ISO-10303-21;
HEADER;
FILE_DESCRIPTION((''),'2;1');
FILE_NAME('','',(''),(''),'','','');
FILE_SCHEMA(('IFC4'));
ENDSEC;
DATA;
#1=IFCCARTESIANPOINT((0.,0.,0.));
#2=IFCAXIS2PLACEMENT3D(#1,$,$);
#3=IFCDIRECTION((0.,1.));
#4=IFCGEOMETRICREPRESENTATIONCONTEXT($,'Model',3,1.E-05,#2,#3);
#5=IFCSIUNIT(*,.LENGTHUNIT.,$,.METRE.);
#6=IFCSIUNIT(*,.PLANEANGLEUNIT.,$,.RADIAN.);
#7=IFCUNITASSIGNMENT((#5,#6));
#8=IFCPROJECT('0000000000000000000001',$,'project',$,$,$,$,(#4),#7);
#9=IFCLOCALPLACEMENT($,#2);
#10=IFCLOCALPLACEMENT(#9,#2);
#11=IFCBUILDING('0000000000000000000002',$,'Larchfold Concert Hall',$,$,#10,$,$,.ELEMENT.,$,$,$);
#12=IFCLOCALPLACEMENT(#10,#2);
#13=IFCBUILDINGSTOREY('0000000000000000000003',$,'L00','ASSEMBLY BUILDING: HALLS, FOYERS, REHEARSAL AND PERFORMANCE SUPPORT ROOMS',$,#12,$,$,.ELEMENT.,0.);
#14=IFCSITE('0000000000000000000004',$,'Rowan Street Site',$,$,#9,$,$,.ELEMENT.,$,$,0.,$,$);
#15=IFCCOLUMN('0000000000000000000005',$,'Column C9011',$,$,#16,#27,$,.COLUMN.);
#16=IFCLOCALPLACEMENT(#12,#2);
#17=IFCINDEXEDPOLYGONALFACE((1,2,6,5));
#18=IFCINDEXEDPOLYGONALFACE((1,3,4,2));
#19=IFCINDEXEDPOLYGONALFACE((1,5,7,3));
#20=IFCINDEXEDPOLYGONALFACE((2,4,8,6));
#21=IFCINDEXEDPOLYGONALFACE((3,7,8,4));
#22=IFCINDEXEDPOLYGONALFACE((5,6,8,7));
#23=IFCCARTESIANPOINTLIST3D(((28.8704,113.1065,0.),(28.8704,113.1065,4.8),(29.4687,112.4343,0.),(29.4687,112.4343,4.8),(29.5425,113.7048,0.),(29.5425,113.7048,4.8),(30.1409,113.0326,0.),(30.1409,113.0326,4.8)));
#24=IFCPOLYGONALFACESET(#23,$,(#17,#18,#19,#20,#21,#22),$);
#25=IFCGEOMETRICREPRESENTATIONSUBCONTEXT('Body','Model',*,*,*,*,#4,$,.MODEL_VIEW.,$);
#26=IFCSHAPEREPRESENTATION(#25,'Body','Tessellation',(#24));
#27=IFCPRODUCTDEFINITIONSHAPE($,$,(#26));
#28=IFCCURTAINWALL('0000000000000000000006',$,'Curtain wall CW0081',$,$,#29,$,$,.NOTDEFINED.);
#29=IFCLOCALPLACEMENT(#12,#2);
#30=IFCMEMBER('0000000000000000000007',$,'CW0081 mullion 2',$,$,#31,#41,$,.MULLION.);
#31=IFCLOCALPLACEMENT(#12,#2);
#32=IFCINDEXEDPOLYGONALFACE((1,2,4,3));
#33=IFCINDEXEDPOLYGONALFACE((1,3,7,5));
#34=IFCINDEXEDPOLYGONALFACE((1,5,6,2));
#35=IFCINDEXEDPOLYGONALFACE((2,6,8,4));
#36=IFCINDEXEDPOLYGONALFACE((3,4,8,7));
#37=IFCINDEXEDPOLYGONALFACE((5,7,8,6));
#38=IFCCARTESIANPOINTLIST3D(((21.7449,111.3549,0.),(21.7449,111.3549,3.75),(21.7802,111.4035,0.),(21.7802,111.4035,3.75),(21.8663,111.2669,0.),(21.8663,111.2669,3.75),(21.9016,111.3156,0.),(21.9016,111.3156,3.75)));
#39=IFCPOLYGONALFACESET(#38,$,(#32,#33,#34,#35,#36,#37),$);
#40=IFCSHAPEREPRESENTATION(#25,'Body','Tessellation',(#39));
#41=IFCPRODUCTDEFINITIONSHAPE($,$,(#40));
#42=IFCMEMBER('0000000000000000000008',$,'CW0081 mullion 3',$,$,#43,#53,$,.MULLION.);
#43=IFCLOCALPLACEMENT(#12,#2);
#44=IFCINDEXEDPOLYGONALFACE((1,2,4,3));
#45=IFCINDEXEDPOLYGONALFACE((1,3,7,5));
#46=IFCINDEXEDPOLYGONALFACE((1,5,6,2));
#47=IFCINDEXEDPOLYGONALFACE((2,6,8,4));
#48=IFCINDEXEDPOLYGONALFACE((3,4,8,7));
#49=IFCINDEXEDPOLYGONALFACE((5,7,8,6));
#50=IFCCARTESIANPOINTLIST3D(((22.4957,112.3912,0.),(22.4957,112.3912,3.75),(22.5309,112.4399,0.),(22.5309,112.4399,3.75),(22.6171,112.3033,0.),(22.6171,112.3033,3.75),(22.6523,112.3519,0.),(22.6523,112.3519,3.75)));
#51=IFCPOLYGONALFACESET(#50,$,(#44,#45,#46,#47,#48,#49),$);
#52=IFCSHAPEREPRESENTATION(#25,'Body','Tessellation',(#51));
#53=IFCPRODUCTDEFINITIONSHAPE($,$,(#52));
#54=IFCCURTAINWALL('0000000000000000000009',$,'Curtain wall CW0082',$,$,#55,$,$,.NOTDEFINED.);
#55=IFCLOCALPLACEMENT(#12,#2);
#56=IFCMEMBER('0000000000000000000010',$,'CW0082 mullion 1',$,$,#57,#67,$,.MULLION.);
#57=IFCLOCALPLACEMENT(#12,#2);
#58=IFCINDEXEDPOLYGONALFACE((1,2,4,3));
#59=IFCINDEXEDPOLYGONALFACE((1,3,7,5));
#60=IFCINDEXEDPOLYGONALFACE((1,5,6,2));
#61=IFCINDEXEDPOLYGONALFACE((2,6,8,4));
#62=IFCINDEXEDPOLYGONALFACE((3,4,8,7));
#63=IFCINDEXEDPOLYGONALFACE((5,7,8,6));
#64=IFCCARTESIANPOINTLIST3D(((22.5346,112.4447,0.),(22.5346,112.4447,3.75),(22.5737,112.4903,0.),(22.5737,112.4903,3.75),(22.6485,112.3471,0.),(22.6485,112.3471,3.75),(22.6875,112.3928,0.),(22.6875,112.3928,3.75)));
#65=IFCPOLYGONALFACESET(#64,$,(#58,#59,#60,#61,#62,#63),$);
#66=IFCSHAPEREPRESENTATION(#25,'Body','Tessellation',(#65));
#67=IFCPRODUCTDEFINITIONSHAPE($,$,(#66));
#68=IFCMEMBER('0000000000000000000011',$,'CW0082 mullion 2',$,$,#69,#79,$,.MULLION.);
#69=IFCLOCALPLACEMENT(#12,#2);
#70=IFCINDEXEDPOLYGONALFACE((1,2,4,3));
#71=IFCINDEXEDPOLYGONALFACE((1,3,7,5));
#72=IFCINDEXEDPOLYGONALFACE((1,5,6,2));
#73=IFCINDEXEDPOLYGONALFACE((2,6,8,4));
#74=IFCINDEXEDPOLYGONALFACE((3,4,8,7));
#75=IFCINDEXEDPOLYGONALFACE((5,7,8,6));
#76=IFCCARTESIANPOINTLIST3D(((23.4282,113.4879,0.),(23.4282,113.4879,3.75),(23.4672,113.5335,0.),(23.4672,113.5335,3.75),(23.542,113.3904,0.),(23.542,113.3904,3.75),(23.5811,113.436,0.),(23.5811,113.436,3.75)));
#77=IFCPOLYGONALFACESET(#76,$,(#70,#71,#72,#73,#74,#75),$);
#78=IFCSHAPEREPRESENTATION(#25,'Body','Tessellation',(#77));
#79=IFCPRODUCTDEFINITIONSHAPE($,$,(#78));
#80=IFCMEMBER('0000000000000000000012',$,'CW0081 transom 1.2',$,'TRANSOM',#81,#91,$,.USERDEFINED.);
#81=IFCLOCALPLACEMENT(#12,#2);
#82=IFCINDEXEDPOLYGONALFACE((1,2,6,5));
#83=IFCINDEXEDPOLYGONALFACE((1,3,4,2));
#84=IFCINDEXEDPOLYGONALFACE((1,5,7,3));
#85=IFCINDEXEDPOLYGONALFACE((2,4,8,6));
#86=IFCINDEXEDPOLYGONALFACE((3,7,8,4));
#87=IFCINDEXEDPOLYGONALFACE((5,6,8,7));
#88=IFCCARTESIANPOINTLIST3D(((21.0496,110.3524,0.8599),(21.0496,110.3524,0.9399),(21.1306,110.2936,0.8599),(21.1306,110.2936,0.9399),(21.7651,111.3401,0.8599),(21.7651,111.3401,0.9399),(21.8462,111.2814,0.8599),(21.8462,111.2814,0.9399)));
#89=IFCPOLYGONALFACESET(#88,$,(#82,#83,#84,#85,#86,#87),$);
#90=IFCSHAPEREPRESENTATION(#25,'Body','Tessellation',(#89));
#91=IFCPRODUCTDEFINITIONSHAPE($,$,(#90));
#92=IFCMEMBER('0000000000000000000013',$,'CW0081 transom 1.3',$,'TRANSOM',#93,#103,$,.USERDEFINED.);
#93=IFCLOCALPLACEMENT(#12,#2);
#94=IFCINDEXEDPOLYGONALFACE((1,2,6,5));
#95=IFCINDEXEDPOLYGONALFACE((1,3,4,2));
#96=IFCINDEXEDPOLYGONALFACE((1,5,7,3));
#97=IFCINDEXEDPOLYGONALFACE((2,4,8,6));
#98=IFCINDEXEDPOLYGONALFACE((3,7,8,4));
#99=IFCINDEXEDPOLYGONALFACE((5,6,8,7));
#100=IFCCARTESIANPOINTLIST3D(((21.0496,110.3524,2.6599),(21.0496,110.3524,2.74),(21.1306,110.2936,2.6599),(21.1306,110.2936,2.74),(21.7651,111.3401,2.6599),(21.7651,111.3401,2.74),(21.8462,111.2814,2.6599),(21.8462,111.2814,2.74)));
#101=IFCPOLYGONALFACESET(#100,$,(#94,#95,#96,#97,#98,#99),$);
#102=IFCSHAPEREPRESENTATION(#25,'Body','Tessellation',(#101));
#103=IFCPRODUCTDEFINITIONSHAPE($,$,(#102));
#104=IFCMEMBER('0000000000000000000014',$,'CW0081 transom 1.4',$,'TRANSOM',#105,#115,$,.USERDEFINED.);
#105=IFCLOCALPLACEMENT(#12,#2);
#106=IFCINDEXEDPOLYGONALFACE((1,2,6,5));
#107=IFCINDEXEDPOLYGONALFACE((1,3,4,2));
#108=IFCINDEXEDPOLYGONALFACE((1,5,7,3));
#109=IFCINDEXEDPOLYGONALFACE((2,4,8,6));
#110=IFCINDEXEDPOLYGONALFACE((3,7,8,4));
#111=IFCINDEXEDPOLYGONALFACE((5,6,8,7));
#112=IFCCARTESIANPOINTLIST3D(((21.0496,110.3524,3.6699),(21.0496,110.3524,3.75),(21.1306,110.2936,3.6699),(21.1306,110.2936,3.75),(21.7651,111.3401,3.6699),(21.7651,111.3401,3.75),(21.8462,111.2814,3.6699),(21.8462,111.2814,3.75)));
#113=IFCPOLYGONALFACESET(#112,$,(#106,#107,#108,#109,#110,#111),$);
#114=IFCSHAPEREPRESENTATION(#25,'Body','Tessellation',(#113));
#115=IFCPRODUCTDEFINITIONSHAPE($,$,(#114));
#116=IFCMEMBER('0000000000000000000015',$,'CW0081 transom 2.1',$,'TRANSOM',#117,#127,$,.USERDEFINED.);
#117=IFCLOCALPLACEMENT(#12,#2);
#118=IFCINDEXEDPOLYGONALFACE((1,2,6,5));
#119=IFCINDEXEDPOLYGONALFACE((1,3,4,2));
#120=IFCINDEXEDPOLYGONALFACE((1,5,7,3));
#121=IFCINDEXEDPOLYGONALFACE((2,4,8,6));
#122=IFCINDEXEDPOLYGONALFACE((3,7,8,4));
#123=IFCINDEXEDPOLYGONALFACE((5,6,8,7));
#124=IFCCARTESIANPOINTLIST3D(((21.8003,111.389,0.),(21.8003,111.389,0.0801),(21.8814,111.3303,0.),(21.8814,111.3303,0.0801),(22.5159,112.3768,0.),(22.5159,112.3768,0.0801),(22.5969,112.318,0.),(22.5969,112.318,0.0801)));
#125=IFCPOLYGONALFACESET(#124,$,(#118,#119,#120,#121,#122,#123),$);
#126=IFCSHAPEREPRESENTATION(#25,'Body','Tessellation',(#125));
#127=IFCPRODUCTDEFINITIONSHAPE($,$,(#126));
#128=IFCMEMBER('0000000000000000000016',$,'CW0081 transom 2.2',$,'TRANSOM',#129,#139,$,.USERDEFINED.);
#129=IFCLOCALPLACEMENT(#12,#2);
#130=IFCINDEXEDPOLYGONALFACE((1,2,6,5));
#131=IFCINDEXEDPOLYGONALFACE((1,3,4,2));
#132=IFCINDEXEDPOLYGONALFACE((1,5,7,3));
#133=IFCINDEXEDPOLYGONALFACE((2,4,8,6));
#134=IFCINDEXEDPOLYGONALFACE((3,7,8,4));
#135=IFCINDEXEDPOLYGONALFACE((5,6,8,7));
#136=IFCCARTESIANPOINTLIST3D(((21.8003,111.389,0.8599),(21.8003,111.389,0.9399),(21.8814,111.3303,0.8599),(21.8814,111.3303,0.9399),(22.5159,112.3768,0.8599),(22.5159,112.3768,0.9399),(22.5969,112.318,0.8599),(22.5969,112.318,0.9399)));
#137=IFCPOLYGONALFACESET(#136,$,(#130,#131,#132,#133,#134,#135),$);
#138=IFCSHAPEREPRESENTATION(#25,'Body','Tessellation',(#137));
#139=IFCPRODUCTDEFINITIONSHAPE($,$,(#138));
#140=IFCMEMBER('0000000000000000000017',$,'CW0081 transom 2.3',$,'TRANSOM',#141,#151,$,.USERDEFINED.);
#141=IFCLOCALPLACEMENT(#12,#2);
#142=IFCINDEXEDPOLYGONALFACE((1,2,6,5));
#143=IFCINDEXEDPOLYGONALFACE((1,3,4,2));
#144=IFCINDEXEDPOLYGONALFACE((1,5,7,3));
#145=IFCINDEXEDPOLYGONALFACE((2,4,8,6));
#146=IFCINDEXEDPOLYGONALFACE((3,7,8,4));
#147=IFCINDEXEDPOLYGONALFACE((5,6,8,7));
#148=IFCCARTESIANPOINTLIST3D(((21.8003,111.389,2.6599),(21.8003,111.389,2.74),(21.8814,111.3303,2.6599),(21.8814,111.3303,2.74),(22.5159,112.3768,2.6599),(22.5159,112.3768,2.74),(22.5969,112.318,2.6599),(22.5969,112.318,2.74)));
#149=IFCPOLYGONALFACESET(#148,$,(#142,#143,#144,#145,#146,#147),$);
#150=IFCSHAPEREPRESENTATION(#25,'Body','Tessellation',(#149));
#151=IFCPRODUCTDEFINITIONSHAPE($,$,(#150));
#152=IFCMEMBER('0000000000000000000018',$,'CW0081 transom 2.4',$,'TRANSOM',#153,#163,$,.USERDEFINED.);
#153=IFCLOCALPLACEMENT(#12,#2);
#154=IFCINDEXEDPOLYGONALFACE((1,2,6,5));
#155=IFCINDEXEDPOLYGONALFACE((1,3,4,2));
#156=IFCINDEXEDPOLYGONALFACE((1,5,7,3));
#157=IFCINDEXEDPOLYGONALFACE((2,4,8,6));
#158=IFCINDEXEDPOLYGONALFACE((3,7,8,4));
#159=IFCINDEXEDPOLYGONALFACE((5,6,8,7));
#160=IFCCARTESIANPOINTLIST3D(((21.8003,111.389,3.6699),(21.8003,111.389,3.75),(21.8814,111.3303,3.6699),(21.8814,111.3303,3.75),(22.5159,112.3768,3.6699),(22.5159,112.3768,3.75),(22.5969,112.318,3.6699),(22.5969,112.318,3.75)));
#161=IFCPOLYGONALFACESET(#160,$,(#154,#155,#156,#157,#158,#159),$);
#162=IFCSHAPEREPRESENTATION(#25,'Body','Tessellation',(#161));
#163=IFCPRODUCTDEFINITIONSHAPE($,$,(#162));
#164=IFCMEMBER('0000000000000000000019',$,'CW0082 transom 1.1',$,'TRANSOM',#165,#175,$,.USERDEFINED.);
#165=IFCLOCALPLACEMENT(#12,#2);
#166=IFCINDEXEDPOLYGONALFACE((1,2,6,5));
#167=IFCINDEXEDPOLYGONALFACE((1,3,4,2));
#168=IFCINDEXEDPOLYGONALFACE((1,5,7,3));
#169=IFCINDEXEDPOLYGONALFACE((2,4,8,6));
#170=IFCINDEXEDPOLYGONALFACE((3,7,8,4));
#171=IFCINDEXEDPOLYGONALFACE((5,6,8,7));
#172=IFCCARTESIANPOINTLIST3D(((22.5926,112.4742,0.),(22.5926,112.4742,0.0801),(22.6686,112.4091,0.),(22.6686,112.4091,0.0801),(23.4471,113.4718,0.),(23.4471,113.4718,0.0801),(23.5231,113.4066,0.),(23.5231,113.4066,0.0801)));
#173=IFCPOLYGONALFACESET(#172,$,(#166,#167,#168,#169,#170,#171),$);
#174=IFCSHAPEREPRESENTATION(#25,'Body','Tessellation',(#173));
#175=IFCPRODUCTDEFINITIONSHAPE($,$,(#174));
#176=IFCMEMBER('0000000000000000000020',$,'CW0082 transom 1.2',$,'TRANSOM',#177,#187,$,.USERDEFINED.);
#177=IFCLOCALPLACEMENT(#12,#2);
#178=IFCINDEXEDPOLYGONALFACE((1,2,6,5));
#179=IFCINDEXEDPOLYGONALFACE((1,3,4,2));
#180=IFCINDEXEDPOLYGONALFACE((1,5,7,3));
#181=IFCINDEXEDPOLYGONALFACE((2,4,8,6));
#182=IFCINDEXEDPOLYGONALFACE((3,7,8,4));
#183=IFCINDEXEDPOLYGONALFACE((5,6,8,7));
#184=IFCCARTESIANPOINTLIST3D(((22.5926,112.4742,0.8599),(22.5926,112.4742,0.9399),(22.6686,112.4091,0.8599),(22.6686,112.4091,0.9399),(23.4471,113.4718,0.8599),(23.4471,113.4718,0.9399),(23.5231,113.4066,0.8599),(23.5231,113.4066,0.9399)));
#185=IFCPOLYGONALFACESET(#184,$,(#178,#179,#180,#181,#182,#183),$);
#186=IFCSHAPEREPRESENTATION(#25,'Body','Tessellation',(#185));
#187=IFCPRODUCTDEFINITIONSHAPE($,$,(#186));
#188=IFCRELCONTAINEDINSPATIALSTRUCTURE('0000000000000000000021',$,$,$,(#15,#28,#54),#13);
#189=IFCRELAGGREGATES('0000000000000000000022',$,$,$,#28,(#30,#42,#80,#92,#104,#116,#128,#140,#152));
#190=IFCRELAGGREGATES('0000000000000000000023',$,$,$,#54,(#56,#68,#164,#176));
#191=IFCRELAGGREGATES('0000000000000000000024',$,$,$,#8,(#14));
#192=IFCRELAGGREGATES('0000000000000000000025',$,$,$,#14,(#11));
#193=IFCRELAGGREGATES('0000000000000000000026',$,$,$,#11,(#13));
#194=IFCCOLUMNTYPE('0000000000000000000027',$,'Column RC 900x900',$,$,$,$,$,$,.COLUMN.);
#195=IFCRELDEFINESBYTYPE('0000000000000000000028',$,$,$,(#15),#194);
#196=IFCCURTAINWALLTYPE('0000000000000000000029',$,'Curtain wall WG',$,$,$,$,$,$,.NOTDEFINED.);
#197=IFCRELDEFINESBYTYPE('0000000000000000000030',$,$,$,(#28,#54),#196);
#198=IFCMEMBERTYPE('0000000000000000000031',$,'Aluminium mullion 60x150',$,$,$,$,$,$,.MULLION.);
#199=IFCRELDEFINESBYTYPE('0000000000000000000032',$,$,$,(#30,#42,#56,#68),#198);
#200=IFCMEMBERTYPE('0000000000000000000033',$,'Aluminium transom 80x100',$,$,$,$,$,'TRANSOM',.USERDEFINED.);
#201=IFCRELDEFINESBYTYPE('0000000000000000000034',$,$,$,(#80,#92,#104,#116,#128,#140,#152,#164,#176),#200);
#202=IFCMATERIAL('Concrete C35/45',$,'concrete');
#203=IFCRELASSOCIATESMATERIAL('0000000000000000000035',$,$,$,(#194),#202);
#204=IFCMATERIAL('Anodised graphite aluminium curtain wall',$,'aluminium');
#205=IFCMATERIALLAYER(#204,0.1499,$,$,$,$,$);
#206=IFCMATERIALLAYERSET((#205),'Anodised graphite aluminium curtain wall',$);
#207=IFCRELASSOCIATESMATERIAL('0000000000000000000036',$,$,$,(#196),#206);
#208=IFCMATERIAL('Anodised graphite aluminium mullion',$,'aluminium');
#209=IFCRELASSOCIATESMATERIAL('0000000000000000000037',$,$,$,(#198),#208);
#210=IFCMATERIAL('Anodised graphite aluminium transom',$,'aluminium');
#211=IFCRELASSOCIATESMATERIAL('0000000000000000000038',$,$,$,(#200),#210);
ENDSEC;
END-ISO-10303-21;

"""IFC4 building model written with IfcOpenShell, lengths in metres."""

from ifc_helpers import new_model, si_unit, direction, frame, origin, origin_2d, place, context, subcontext, project, spatial, rectangle, extrude, material, layer, layer_set, material_profile, profile_set, type_object, element, aggregate, save


model = new_model("IFC4")

# Units and contexts
model_context = context("Model", 3, precision=1e-05, world=origin(), true_north=direction((0.0, 1.0)))
body_context = subcontext(model_context, "Body", "Model", "MODEL_VIEW")
ifc_project = project(units=[si_unit("LENGTHUNIT", "METRE"), si_unit("PLANEANGLEUNIT", "RADIAN")], contexts=[model_context])

# Site, building, storey
site_placement = place(None, origin())
site = spatial("IfcSite", under=ifc_project, at=site_placement, Name="Rowan Street Site", CompositionType="ELEMENT", RefElevation=0.0)
building_placement = place(site_placement, origin())
building = spatial("IfcBuilding", under=site, at=building_placement, Name="Larchfold Concert Hall", CompositionType="ELEMENT")
storey_placement = place(building_placement, origin())
storey = spatial("IfcBuildingStorey", under=building, at=storey_placement, Name="L00", Description="ASSEMBLY BUILDING: HALLS, FOYERS, REHEARSAL AND PERFORMANCE SUPPORT ROOMS", CompositionType="ELEMENT", Elevation=0.0)

# Column
ifc_material_1 = material(Name="Concrete C35/45", Category="concrete")
ifc_material_profile_1 = material_profile(ifc_material_1, rectangle(XDim=0.8999, YDim=0.8999, at=origin_2d()))
ifc_profile_set_1 = profile_set([ifc_material_profile_1], Name="Concrete C35/45")
column_type = type_object("IfcColumnType", Name="Column RC 900x900", PredefinedType="COLUMN", material=ifc_profile_set_1)
column_placement = place(storey_placement, frame((29.5056, 113.0696, 0.0), z_axis=(0.0, 0.0, 1.0), x_axis=(0.746954, 0.664876, 0.0)))
element("IfcColumn", 1, at=column_placement, inside=storey, type_object=column_type, Name="Column C9011", PredefinedType="COLUMN", context=body_context, shape_type="SweptSolid", body=[
    extrude(rectangle(XDim=0.8999, YDim=0.8999, at=origin_2d()), origin(), (0.0, 0.0, 1.0), 4.8),
])

# Curtain walls, members
ifc_material_2 = material(Name="Anodised graphite aluminium curtain wall", Category="aluminium")
ifc_layer_1 = layer(ifc_material_2, 0.1499)
ifc_layer_set_1 = layer_set([ifc_layer_1], Name="Anodised graphite aluminium curtain wall")
curtain_wall_type = type_object("IfcCurtainWallType", Name="Curtain wall WG", PredefinedType="NOTDEFINED", material=ifc_layer_set_1)
curtain_wall_1_placement = place(storey_placement, origin())
curtain_wall_1 = element("IfcCurtainWall", 2, at=curtain_wall_1_placement, inside=storey, type_object=curtain_wall_type, Name="Curtain wall CW0081", PredefinedType="NOTDEFINED")
ifc_material_3 = material(Name="Anodised graphite aluminium mullion", Category="aluminium")
ifc_material_profile_2 = material_profile(ifc_material_3, rectangle(XDim=0.1499, YDim=0.0601, at=origin_2d()))
ifc_profile_set_2 = profile_set([ifc_material_profile_2], Name="Anodised graphite aluminium mullion")
member_type_1 = type_object("IfcMemberType", Name="Aluminium mullion 60x150", PredefinedType="MULLION", material=ifc_profile_set_2)
member_1_placement = place(storey_placement, frame((21.8232, 111.3352, 0.0), z_axis=(0.0, 0.0, 1.0), x_axis=(-0.809887, 0.586586, 0.0)))
member_1 = element("IfcMember", 3, at=member_1_placement, type_object=member_type_1, Name="CW0081 mullion 2", PredefinedType="MULLION", context=body_context, shape_type="SweptSolid", body=[
    extrude(rectangle(XDim=0.1499, YDim=0.0601, at=origin_2d()), origin(), (0.0, 0.0, 1.0), 3.75),
])
member_2_placement = place(storey_placement, frame((22.574, 112.3716, 0.0), z_axis=(0.0, 0.0, 1.0), x_axis=(-0.809887, 0.586586, 0.0)))
member_2 = element("IfcMember", 4, at=member_2_placement, type_object=member_type_1, Name="CW0081 mullion 3", PredefinedType="MULLION", context=body_context, shape_type="SweptSolid", body=[
    extrude(rectangle(XDim=0.1499, YDim=0.0601, at=origin_2d()), origin(), (0.0, 0.0, 1.0), 3.75),
])
curtain_wall_2_placement = place(storey_placement, origin())
curtain_wall_2 = element("IfcCurtainWall", 5, at=curtain_wall_2_placement, inside=storey, type_object=curtain_wall_type, Name="Curtain wall CW0082", PredefinedType="NOTDEFINED")
member_3_placement = place(storey_placement, frame((22.6111, 112.4187, 0.0), z_axis=(0.0, 0.0, 1.0), x_axis=(-0.759496, 0.650512, 0.0)))
member_3 = element("IfcMember", 6, at=member_3_placement, type_object=member_type_1, Name="CW0082 mullion 1", PredefinedType="MULLION", context=body_context, shape_type="SweptSolid", body=[
    extrude(rectangle(XDim=0.1499, YDim=0.0601, at=origin_2d()), origin(), (0.0, 0.0, 1.0), 3.75),
])
member_4_placement = place(storey_placement, frame((23.5046, 113.4619, 0.0), z_axis=(0.0, 0.0, 1.0), x_axis=(-0.759496, 0.650512, 0.0)))
member_4 = element("IfcMember", 7, at=member_4_placement, type_object=member_type_1, Name="CW0082 mullion 2", PredefinedType="MULLION", context=body_context, shape_type="SweptSolid", body=[
    extrude(rectangle(XDim=0.1499, YDim=0.0601, at=origin_2d()), origin(), (0.0, 0.0, 1.0), 3.75),
])

# Members
ifc_material_4 = material(Name="Anodised graphite aluminium transom", Category="aluminium")
ifc_material_profile_3 = material_profile(ifc_material_4, rectangle(XDim=0.1001, YDim=0.0801, at=origin_2d()))
ifc_profile_set_3 = profile_set([ifc_material_profile_3], Name="Anodised graphite aluminium transom")
member_type_2 = type_object("IfcMemberType", Name="Aluminium transom 80x100", ElementType="TRANSOM", PredefinedType="USERDEFINED", material=ifc_profile_set_3)
member_5_placement = place(storey_placement, frame((21.0901, 110.323, 0.8999), z_axis=(0.586659, 0.809834, 0.0), x_axis=(-0.809834, 0.586659, 0.0)))
member_5 = element("IfcMember", 8, at=member_5_placement, type_object=member_type_2, Name="CW0081 transom 1.2", ObjectType="TRANSOM", PredefinedType="USERDEFINED", context=body_context, shape_type="SweptSolid", body=[
    extrude(rectangle(XDim=0.1001, YDim=0.0801, at=origin_2d()), origin(), (0.0, 0.0, 1.0), 1.2197),
])
member_6_placement = place(storey_placement, frame((21.0901, 110.323, 2.7), z_axis=(0.586659, 0.809834, 0.0), x_axis=(-0.809834, 0.586659, 0.0)))
member_6 = element("IfcMember", 9, at=member_6_placement, type_object=member_type_2, Name="CW0081 transom 1.3", ObjectType="TRANSOM", PredefinedType="USERDEFINED", context=body_context, shape_type="SweptSolid", body=[
    extrude(rectangle(XDim=0.1001, YDim=0.0801, at=origin_2d()), origin(), (0.0, 0.0, 1.0), 1.2197),
])
member_7_placement = place(storey_placement, frame((21.0901, 110.323, 3.71), z_axis=(0.586659, 0.809834, 0.0), x_axis=(-0.809834, 0.586659, 0.0)))
member_7 = element("IfcMember", 10, at=member_7_placement, type_object=member_type_2, Name="CW0081 transom 1.4", ObjectType="TRANSOM", PredefinedType="USERDEFINED", context=body_context, shape_type="SweptSolid", body=[
    extrude(rectangle(XDim=0.1001, YDim=0.0801, at=origin_2d()), origin(), (0.0, 0.0, 1.0), 1.2197),
])
member_8_placement = place(storey_placement, frame((21.8408, 111.3596, 0.04), z_axis=(0.586659, 0.809834, 0.0), x_axis=(-0.809834, 0.586659, 0.0)))
member_8 = element("IfcMember", 11, at=member_8_placement, type_object=member_type_2, Name="CW0081 transom 2.1", ObjectType="TRANSOM", PredefinedType="USERDEFINED", context=body_context, shape_type="SweptSolid", body=[
    extrude(rectangle(XDim=0.1001, YDim=0.0801, at=origin_2d()), origin(), (0.0, 0.0, 1.0), 1.2197),
])
member_9_placement = place(storey_placement, frame((21.8408, 111.3596, 0.8999), z_axis=(0.586659, 0.809834, 0.0), x_axis=(-0.809834, 0.586659, 0.0)))
member_9 = element("IfcMember", 12, at=member_9_placement, type_object=member_type_2, Name="CW0081 transom 2.2", ObjectType="TRANSOM", PredefinedType="USERDEFINED", context=body_context, shape_type="SweptSolid", body=[
    extrude(rectangle(XDim=0.1001, YDim=0.0801, at=origin_2d()), origin(), (0.0, 0.0, 1.0), 1.2197),
])
member_10_placement = place(storey_placement, frame((21.8408, 111.3596, 2.7), z_axis=(0.586659, 0.809834, 0.0), x_axis=(-0.809834, 0.586659, 0.0)))
member_10 = element("IfcMember", 13, at=member_10_placement, type_object=member_type_2, Name="CW0081 transom 2.3", ObjectType="TRANSOM", PredefinedType="USERDEFINED", context=body_context, shape_type="SweptSolid", body=[
    extrude(rectangle(XDim=0.1001, YDim=0.0801, at=origin_2d()), origin(), (0.0, 0.0, 1.0), 1.2197),
])
member_11_placement = place(storey_placement, frame((21.8408, 111.3596, 3.71), z_axis=(0.586659, 0.809834, 0.0), x_axis=(-0.809834, 0.586659, 0.0)))
member_11 = element("IfcMember", 14, at=member_11_placement, type_object=member_type_2, Name="CW0081 transom 2.4", ObjectType="TRANSOM", PredefinedType="USERDEFINED", context=body_context, shape_type="SweptSolid", body=[
    extrude(rectangle(XDim=0.1001, YDim=0.0801, at=origin_2d()), origin(), (0.0, 0.0, 1.0), 1.2197),
])
member_12_placement = place(storey_placement, frame((22.6306, 112.4417, 0.04), z_axis=(0.650546, 0.759466, 0.0), x_axis=(-0.759466, 0.650546, 0.0)))
member_12 = element("IfcMember", 15, at=member_12_placement, type_object=member_type_2, Name="CW0082 transom 1.1", ObjectType="TRANSOM", PredefinedType="USERDEFINED", context=body_context, shape_type="SweptSolid", body=[
    extrude(rectangle(XDim=0.1001, YDim=0.0801, at=origin_2d()), origin(), (0.0, 0.0, 1.0), 1.3135),
])
member_13_placement = place(storey_placement, frame((22.6306, 112.4417, 0.8999), z_axis=(0.650546, 0.759466, 0.0), x_axis=(-0.759466, 0.650546, 0.0)))
member_13 = element("IfcMember", 16, at=member_13_placement, type_object=member_type_2, Name="CW0082 transom 1.2", ObjectType="TRANSOM", PredefinedType="USERDEFINED", context=body_context, shape_type="SweptSolid", body=[
    extrude(rectangle(XDim=0.1001, YDim=0.0801, at=origin_2d()), origin(), (0.0, 0.0, 1.0), 1.3135),
])

aggregate(curtain_wall_1, [member_1, member_2, member_5, member_6, member_7, member_8, member_9, member_10, member_11])
aggregate(curtain_wall_2, [member_3, member_4, member_12, member_13])

save(model, "model.ifc")
